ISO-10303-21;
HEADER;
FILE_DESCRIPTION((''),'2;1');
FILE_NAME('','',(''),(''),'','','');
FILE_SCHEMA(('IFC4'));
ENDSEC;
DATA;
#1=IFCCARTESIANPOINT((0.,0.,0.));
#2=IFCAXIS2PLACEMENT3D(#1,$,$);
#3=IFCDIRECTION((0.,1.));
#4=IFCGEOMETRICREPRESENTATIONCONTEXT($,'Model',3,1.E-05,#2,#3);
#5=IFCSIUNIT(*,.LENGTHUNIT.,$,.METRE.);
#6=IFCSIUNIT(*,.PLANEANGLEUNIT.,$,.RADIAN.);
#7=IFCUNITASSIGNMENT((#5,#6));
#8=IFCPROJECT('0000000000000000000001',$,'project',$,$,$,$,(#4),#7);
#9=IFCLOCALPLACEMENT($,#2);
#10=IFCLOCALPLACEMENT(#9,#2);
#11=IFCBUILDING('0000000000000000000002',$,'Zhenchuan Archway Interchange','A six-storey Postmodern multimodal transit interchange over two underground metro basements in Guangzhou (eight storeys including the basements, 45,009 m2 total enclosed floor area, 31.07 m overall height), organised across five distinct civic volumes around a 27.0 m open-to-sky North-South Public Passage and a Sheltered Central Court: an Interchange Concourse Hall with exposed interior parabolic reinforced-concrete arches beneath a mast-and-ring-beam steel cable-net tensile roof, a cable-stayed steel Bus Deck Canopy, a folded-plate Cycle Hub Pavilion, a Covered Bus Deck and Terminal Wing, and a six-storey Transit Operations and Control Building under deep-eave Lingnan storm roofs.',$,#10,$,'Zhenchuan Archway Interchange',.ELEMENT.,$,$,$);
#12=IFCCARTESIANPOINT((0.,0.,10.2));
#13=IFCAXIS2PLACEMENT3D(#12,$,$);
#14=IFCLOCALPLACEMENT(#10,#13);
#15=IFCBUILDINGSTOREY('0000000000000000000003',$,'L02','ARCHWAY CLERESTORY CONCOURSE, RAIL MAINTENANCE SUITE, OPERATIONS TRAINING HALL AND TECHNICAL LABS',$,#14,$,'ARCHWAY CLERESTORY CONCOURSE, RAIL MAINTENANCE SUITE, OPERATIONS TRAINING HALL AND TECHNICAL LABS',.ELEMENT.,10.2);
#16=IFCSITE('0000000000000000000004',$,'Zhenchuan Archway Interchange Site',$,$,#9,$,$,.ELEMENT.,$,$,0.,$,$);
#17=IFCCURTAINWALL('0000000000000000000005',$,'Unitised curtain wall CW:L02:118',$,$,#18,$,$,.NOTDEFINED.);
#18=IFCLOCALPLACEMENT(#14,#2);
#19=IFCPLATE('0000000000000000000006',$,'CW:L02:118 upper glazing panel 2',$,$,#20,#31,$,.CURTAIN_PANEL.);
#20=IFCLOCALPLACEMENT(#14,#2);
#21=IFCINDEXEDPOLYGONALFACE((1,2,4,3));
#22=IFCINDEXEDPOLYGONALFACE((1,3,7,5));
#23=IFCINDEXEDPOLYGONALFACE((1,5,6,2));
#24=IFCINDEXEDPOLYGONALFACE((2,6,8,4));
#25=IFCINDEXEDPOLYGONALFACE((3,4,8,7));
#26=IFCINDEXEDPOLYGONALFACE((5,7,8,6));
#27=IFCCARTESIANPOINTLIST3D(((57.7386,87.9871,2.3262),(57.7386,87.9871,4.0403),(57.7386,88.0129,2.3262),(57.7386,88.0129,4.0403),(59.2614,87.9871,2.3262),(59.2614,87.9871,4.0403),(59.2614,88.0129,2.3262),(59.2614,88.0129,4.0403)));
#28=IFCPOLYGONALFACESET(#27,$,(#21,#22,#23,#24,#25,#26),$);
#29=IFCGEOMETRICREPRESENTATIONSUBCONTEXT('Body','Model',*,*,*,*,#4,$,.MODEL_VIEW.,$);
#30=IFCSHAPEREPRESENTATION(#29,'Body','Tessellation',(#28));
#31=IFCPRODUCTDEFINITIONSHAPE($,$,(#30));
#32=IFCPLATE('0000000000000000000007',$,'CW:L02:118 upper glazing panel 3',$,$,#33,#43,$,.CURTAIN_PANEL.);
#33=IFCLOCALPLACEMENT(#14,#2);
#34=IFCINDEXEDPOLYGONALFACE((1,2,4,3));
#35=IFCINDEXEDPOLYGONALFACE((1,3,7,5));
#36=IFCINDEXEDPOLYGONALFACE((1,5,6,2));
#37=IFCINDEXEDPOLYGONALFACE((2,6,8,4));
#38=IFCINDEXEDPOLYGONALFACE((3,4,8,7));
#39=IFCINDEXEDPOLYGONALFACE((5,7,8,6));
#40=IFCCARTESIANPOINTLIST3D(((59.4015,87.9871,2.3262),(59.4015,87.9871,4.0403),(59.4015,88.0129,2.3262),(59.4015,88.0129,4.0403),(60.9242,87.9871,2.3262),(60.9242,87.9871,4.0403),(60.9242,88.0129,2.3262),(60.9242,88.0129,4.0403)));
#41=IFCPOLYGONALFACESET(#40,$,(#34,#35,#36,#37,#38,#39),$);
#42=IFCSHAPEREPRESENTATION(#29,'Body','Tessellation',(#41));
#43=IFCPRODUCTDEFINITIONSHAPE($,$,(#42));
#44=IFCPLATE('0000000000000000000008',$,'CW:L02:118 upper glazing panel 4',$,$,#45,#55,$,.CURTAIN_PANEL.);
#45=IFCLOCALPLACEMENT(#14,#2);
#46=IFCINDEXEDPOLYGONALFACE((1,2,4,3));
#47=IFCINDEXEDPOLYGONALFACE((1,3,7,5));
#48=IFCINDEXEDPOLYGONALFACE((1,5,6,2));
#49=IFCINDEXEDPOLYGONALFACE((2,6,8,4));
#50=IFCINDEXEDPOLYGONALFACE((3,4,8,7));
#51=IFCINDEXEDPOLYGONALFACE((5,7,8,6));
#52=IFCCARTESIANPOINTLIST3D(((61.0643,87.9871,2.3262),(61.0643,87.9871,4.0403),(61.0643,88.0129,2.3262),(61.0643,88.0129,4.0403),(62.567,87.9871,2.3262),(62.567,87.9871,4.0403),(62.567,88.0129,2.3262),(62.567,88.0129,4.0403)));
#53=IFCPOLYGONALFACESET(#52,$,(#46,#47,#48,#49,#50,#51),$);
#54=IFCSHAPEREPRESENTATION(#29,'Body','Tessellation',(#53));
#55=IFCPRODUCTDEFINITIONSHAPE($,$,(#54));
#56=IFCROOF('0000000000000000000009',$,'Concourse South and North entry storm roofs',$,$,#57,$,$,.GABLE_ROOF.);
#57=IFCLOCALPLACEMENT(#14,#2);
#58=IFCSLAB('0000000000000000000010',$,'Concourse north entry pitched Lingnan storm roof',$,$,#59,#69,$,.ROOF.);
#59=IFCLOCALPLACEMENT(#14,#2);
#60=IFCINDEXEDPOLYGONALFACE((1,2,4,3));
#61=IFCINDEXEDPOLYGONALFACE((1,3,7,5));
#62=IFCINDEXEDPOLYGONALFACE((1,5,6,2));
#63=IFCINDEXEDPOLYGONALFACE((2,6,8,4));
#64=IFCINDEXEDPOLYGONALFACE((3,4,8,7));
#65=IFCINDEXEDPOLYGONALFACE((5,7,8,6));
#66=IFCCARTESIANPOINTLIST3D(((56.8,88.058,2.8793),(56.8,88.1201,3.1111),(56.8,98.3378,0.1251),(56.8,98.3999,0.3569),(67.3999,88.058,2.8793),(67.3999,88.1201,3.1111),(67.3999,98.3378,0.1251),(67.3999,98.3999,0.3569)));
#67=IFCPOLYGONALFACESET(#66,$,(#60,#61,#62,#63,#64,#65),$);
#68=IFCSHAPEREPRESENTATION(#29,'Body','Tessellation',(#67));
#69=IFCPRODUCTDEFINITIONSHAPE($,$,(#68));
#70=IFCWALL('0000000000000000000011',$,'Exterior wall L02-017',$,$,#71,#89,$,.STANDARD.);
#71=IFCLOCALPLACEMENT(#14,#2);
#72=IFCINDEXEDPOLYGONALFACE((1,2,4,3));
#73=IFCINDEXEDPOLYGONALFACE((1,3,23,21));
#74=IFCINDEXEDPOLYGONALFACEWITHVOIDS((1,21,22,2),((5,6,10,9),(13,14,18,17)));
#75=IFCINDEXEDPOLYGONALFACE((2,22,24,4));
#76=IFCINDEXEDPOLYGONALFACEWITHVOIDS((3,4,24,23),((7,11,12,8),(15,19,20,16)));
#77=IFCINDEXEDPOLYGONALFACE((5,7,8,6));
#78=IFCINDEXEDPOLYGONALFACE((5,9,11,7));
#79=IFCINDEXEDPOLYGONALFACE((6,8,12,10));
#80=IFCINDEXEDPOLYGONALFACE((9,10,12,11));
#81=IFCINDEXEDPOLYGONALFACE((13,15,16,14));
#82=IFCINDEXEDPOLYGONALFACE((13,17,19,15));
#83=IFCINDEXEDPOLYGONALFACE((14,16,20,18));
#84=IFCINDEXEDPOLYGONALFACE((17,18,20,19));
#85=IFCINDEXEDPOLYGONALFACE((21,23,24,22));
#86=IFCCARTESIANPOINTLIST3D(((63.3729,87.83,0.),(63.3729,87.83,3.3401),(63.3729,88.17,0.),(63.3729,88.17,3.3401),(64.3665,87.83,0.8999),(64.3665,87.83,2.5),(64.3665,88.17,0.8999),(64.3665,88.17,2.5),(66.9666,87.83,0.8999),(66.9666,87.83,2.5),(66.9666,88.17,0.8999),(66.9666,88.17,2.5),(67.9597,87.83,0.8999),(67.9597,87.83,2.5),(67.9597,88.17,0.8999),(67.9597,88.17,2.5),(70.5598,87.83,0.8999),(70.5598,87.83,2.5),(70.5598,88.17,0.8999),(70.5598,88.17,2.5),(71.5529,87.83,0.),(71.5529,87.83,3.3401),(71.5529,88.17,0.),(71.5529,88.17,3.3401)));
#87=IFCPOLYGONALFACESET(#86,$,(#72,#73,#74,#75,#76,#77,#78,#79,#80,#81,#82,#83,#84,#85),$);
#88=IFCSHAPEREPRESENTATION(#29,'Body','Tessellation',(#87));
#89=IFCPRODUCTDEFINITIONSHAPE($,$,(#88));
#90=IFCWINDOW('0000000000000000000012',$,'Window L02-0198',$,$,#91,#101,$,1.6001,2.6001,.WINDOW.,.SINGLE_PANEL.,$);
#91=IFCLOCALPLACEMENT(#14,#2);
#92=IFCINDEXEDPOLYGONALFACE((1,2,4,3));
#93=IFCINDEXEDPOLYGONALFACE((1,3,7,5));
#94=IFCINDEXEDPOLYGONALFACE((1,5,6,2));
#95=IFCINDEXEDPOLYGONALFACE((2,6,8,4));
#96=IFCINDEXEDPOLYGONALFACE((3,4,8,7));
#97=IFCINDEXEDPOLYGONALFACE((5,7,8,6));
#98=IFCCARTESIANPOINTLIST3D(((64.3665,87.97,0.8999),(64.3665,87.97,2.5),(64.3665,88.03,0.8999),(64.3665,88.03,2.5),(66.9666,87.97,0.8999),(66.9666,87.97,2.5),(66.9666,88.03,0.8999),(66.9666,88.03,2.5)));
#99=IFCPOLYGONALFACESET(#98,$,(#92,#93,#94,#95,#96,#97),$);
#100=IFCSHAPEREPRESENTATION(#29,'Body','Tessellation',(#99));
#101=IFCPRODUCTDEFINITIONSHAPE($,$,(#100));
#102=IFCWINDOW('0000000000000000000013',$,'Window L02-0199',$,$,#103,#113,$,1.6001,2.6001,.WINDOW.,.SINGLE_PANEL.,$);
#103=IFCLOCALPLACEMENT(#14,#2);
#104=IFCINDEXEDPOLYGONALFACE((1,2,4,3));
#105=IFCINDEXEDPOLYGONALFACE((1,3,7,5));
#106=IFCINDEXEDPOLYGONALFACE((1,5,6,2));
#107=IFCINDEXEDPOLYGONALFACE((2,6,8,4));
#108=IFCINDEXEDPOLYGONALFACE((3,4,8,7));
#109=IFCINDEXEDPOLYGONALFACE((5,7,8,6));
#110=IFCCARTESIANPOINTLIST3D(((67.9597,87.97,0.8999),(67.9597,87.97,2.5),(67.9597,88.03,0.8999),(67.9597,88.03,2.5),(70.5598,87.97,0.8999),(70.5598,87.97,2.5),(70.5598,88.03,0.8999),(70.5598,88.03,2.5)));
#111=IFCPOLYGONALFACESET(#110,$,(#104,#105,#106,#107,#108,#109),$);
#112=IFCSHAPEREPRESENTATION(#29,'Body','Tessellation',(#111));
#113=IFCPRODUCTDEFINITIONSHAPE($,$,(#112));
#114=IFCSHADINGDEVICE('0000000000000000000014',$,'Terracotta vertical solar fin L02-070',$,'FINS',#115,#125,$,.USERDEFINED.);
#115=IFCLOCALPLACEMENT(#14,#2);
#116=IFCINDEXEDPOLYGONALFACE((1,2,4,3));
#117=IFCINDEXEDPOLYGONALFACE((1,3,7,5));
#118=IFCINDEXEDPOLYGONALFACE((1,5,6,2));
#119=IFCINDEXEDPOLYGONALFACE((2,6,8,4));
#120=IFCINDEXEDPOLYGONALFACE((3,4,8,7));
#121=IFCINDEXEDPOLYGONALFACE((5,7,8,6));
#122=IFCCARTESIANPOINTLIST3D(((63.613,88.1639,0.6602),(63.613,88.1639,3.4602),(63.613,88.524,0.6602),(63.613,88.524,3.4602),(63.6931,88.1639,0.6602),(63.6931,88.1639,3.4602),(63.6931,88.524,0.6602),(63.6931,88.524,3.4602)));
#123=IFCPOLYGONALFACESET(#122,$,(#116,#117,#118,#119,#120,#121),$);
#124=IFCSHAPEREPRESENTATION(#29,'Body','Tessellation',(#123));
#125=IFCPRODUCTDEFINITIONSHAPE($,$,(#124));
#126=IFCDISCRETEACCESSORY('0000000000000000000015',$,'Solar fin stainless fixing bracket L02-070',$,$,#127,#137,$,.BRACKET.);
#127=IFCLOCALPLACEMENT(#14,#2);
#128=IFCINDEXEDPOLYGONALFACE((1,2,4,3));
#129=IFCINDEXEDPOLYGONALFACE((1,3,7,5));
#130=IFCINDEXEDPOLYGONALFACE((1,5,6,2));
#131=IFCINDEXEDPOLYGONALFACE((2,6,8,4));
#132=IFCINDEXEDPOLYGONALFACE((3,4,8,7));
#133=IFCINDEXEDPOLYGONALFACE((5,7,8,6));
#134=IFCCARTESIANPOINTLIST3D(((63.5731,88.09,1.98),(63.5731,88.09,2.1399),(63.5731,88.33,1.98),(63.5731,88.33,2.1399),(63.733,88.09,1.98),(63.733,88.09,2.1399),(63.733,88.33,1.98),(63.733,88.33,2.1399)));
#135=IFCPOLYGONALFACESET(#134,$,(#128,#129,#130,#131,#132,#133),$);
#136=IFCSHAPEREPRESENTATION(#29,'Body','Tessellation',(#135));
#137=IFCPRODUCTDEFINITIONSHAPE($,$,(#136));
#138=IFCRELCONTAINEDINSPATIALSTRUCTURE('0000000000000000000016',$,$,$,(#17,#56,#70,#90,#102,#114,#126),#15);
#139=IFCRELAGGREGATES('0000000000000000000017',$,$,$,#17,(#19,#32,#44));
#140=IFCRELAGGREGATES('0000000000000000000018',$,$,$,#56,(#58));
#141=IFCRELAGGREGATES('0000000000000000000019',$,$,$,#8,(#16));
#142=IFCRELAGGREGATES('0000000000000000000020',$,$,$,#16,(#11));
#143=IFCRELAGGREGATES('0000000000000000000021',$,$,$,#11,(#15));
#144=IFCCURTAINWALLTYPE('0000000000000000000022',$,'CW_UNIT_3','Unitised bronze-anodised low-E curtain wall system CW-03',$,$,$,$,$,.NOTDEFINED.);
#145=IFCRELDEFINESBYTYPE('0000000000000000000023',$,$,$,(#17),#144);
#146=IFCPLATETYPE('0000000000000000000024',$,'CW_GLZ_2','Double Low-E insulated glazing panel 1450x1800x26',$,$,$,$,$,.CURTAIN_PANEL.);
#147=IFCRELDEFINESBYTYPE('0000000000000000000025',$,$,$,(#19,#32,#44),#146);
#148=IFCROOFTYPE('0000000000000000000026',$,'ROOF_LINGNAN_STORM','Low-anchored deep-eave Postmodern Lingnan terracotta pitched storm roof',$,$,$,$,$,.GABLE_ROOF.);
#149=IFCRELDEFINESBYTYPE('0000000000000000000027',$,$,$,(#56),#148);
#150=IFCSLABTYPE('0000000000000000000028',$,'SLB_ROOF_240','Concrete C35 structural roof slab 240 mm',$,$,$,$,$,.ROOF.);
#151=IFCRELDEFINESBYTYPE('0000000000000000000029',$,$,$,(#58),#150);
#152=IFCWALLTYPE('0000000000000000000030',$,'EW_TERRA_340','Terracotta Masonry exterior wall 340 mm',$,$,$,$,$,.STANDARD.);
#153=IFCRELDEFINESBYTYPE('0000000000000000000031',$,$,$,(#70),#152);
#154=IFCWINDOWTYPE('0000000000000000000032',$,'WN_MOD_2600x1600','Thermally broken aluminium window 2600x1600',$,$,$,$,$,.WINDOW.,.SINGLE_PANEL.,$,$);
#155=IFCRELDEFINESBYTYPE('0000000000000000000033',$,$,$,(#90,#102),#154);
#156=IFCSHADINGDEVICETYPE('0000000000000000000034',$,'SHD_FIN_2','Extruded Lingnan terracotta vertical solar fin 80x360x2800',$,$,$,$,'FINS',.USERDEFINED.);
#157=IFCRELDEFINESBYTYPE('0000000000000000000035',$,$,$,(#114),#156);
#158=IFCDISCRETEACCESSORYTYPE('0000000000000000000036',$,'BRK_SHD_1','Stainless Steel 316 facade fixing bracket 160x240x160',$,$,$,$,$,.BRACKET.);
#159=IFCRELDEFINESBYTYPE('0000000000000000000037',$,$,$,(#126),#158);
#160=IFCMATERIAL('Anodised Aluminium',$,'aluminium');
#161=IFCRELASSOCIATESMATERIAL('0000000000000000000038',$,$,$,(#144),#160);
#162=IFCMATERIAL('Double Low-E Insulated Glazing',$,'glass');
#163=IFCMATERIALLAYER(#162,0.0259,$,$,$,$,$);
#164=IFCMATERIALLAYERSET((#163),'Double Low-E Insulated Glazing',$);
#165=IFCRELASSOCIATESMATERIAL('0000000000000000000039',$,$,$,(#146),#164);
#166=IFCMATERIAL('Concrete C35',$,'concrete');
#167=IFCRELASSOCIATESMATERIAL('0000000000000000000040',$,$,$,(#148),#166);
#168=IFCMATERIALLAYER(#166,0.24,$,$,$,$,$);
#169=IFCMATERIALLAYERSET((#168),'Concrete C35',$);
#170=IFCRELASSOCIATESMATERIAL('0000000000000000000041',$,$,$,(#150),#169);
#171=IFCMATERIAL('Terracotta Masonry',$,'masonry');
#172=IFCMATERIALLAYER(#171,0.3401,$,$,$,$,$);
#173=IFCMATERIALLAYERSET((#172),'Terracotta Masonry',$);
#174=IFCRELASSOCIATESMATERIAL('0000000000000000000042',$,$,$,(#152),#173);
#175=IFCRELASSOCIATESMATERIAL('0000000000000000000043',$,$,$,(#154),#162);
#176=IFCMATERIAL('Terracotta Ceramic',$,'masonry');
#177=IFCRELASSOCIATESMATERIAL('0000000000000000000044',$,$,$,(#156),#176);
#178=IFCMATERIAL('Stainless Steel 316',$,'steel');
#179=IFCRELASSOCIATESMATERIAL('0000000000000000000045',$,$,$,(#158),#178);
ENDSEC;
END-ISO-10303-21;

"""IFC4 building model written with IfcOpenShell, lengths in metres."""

from ifc_helpers import new_model, si_unit, direction, frame, frame_2d, origin, origin_2d, place, context, subcontext, project, spatial, polyline, rectangle, outline, extrude, material, layer, layer_set, type_object, element, fill, aggregate, save


model = new_model("IFC4")

# Units and contexts
model_context = context("Model", 3, precision=1e-05, world=origin(), true_north=direction((0.0, 1.0)))
body_context = subcontext(model_context, "Body", "Model", "MODEL_VIEW")
ifc_project = project(units=[si_unit("LENGTHUNIT", "METRE"), si_unit("PLANEANGLEUNIT", "RADIAN")], contexts=[model_context])

# Site, building, storey
site_placement = place(None, origin())
site = spatial("IfcSite", under=ifc_project, at=site_placement, Name="Zhenchuan Archway Interchange Site", CompositionType="ELEMENT", RefElevation=0.0)
building_placement = place(site_placement, origin())
building = spatial("IfcBuilding", under=site, at=building_placement, Name="Zhenchuan Archway Interchange", Description="A six-storey Postmodern multimodal transit interchange over two underground metro basements in Guangzhou (eight storeys including the basements, 45,009 m2 total enclosed floor area, 31.07 m overall height), organised across five distinct civic volumes around a 27.0 m open-to-sky North-South Public Passage and a Sheltered Central Court: an Interchange Concourse Hall with exposed interior parabolic reinforced-concrete arches beneath a mast-and-ring-beam steel cable-net tensile roof, a cable-stayed steel Bus Deck Canopy, a folded-plate Cycle Hub Pavilion, a Covered Bus Deck and Terminal Wing, and a six-storey Transit Operations and Control Building under deep-eave Lingnan storm roofs.", LongName="Zhenchuan Archway Interchange", CompositionType="ELEMENT")
storey_placement = place(building_placement, frame((0.0, 0.0, 10.2)))
storey = spatial("IfcBuildingStorey", under=building, at=storey_placement, Name="L02", Description="ARCHWAY CLERESTORY CONCOURSE, RAIL MAINTENANCE SUITE, OPERATIONS TRAINING HALL AND TECHNICAL LABS", LongName="ARCHWAY CLERESTORY CONCOURSE, RAIL MAINTENANCE SUITE, OPERATIONS TRAINING HALL AND TECHNICAL LABS", CompositionType="ELEMENT", Elevation=10.2)

# Curtain wall
ifc_material_1 = material(Name="Anodised Aluminium", Category="aluminium")
curtain_wall_type = type_object("IfcCurtainWallType", Name="CW_UNIT_3", Description="Unitised bronze-anodised low-E curtain wall system CW-03", PredefinedType="NOTDEFINED", material=ifc_material_1)
curtain_wall_placement = place(storey_placement, origin())
curtain_wall = element("IfcCurtainWall", 1, at=curtain_wall_placement, inside=storey, type_object=curtain_wall_type, Name="Unitised curtain wall CW:L02:118", PredefinedType="NOTDEFINED")

# Plates
ifc_material_2 = material(Name="Double Low-E Insulated Glazing", Category="glass")
ifc_layer_1 = layer(ifc_material_2, 0.0259)
ifc_layer_set_1 = layer_set([ifc_layer_1], Name="Double Low-E Insulated Glazing")
plate_type_1 = type_object("IfcPlateType", Name="CW_GLZ_2", Description="Double Low-E insulated glazing panel 1450x1800x26", PredefinedType="CURTAIN_PANEL", material=ifc_layer_set_1)
plate_1_placement = place(storey_placement, frame((58.5, 88.0, 2.3262), z_axis=(0.0, 0.0, 1.0), x_axis=(1.0, 0.0, 0.0)))
plate_1 = element("IfcPlate", 2, at=plate_1_placement, type_object=plate_type_1, Name="CW:L02:118 upper glazing panel 2", PredefinedType="CURTAIN_PANEL", context=body_context, shape_type="SweptSolid", body=[
    extrude(rectangle(XDim=1.5227, YDim=0.0259, at=origin_2d()), origin(), (0.0, 0.0, 1.0), 1.7141),
])
plate_2_placement = place(storey_placement, frame((60.1628, 88.0, 2.3262), z_axis=(0.0, 0.0, 1.0), x_axis=(1.0, 0.0, 0.0)))
plate_2 = element("IfcPlate", 3, at=plate_2_placement, type_object=plate_type_1, Name="CW:L02:118 upper glazing panel 3", PredefinedType="CURTAIN_PANEL", context=body_context, shape_type="SweptSolid", body=[
    extrude(rectangle(XDim=1.5227, YDim=0.0259, at=origin_2d()), origin(), (0.0, 0.0, 1.0), 1.7141),
])
plate_3_placement = place(storey_placement, frame((61.8157, 88.0, 2.3262), z_axis=(0.0, 0.0, 1.0), x_axis=(1.0, 0.0, 0.0)))
plate_3 = element("IfcPlate", 4, at=plate_3_placement, type_object=plate_type_1, Name="CW:L02:118 upper glazing panel 4", PredefinedType="CURTAIN_PANEL", context=body_context, shape_type="SweptSolid", body=[
    extrude(rectangle(XDim=1.5027, YDim=0.0259, at=origin_2d()), origin(), (0.0, 0.0, 1.0), 1.7141),
])
aggregate(curtain_wall, [plate_1, plate_2, plate_3])

# Roof, slab
ifc_material_3 = material(Name="Concrete C35", Category="concrete")
roof_type = type_object("IfcRoofType", Name="ROOF_LINGNAN_STORM", Description="Low-anchored deep-eave Postmodern Lingnan terracotta pitched storm roof", PredefinedType="GABLE_ROOF", material=ifc_material_3)
roof_placement = place(storey_placement, origin())
roof = element("IfcRoof", 5, at=roof_placement, inside=storey, type_object=roof_type, Name="Concourse South and North entry storm roofs", PredefinedType="GABLE_ROOF")
ifc_layer_2 = layer(ifc_material_3, 0.24)
ifc_layer_set_2 = layer_set([ifc_layer_2], Name="Concrete C35")
slab_type = type_object("IfcSlabType", Name="SLB_ROOF_240", Description="Concrete C35 structural roof slab 240 mm", PredefinedType="ROOF", material=ifc_layer_set_2)
slab_placement = place(storey_placement, frame((56.8, 88.1201, 3.1111), z_axis=(0.0, 0.258792, 0.965933), x_axis=(1.0, 0.0, 0.0)))
slab = element("IfcSlab", 6, at=slab_placement, type_object=slab_type, Name="Concourse north entry pitched Lingnan storm roof", PredefinedType="ROOF", context=body_context, shape_type="SweptSolid", body=[
    extrude(outline(polyline([(0.0, 0.0), (10.5999, 0.0), (10.5999, 10.6423), (0.0, 10.6423), (0.0, 0.0)])), origin(), (0.0, 0.0, -1.0), 0.24),
])
aggregate(roof, [slab])

# Wall, openings, windows
ifc_material_4 = material(Name="Terracotta Masonry", Category="masonry")
ifc_layer_3 = layer(ifc_material_4, 0.3401)
ifc_layer_set_3 = layer_set([ifc_layer_3], Name="Terracotta Masonry")
wall_type = type_object("IfcWallType", Name="EW_TERRA_340", Description="Terracotta Masonry exterior wall 340 mm", PredefinedType="STANDARD", material=ifc_layer_set_3)
wall_placement = place(storey_placement, frame((63.373, 88.0, 0.0), z_axis=(0.0, 0.0, 1.0), x_axis=(1.0, 0.0, 0.0)))
wall = element("IfcWall", 7, at=wall_placement, inside=storey, type_object=wall_type, Name="Exterior wall L02-017", PredefinedType="STANDARD", context=body_context, shape_type="SweptSolid", body=[
    extrude(rectangle(XDim=8.1799, YDim=0.3401, at=frame_2d((4.0898, 0.0))), origin(), (0.0, 0.0, 1.0), 3.3401),
])
opening_1_placement = place(wall_placement, frame((0.9934, 0.0, 0.8999)))
opening_1 = element("IfcOpeningElement", 8, at=opening_1_placement, cuts=wall, PredefinedType="OPENING", context=body_context, shape_type="SweptSolid", body=[
    extrude(rectangle(XDim=2.6001, YDim=1.6001, at=frame_2d((1.3, 0.8))), frame((0.0, 0.1821, 0.0), z_axis=(0.0, -1.0, 0.0), x_axis=(1.0, 0.0, 0.0)), (0.0, 0.0, 1.0), 0.364),
])
opening_2_placement = place(wall_placement, frame((4.5867, 0.0, 0.8999)))
opening_2 = element("IfcOpeningElement", 9, at=opening_2_placement, cuts=wall, PredefinedType="OPENING", context=body_context, shape_type="SweptSolid", body=[
    extrude(rectangle(XDim=2.6001, YDim=1.6001, at=frame_2d((1.3, 0.8))), frame((0.0, 0.1821, 0.0), z_axis=(0.0, -1.0, 0.0), x_axis=(1.0, 0.0, 0.0)), (0.0, 0.0, 1.0), 0.364),
])
window_type = type_object("IfcWindowType", Name="WN_MOD_2600x1600", Description="Thermally broken aluminium window 2600x1600", PartitioningType="SINGLE_PANEL", PredefinedType="WINDOW", material=ifc_material_2)
window_1_placement = place(opening_1_placement, origin())
window_1 = element("IfcWindow", 10, at=window_1_placement, inside=storey, type_object=window_type, Name="Window L02-0198", OverallHeight=1.6001, OverallWidth=2.6001, PartitioningType="SINGLE_PANEL", PredefinedType="WINDOW", context=body_context, shape_type="SweptSolid", body=[
    extrude(rectangle(XDim=2.6001, YDim=1.6001, at=frame_2d((1.3, 0.8))), frame((0.0, 0.03, 0.0), z_axis=(0.0, -1.0, 0.0), x_axis=(1.0, 0.0, 0.0)), (0.0, 0.0, 1.0), 0.0601),
])
fill(opening_1, window_1)
window_2_placement = place(opening_2_placement, origin())
window_2 = element("IfcWindow", 11, at=window_2_placement, inside=storey, type_object=window_type, Name="Window L02-0199", OverallHeight=1.6001, OverallWidth=2.6001, PartitioningType="SINGLE_PANEL", PredefinedType="WINDOW", context=body_context, shape_type="SweptSolid", body=[
    extrude(rectangle(XDim=2.6001, YDim=1.6001, at=frame_2d((1.3, 0.8))), frame((0.0, 0.03, 0.0), z_axis=(0.0, -1.0, 0.0), x_axis=(1.0, 0.0, 0.0)), (0.0, 0.0, 1.0), 0.0601),
])
fill(opening_2, window_2)

# Shading device
ifc_material_5 = material(Name="Terracotta Ceramic", Category="masonry")
shading_device_type = type_object("IfcShadingDeviceType", Name="SHD_FIN_2", Description="Extruded Lingnan terracotta vertical solar fin 80x360x2800", ElementType="FINS", PredefinedType="USERDEFINED", material=ifc_material_5)
shading_device_placement = place(storey_placement, frame((63.6531, 88.344, 0.6602), z_axis=(0.0, 0.0, 1.0), x_axis=(1.0, 0.0, 0.0)))
element("IfcShadingDevice", 12, at=shading_device_placement, inside=storey, type_object=shading_device_type, Name="Terracotta vertical solar fin L02-070", ObjectType="FINS", PredefinedType="USERDEFINED", context=body_context, shape_type="SweptSolid", body=[
    extrude(rectangle(XDim=0.0801, YDim=0.3601, at=origin_2d()), origin(), (0.0, 0.0, 1.0), 2.8),
])

# Discrete accessory
ifc_material_6 = material(Name="Stainless Steel 316", Category="steel")
discrete_accessory_type = type_object("IfcDiscreteAccessoryType", Name="BRK_SHD_1", Description="Stainless Steel 316 facade fixing bracket 160x240x160", PredefinedType="BRACKET", material=ifc_material_6)
discrete_accessory_placement = place(storey_placement, frame((63.6531, 88.21, 1.98), z_axis=(0.0, 0.0, 1.0), x_axis=(1.0, 0.0, 0.0)))
element("IfcDiscreteAccessory", 13, at=discrete_accessory_placement, inside=storey, type_object=discrete_accessory_type, Name="Solar fin stainless fixing bracket L02-070", PredefinedType="BRACKET", context=body_context, shape_type="SweptSolid", body=[
    extrude(rectangle(XDim=0.1599, YDim=0.24, at=origin_2d()), origin(), (0.0, 0.0, 1.0), 0.1599),
])

save(model, "model.ifc")
